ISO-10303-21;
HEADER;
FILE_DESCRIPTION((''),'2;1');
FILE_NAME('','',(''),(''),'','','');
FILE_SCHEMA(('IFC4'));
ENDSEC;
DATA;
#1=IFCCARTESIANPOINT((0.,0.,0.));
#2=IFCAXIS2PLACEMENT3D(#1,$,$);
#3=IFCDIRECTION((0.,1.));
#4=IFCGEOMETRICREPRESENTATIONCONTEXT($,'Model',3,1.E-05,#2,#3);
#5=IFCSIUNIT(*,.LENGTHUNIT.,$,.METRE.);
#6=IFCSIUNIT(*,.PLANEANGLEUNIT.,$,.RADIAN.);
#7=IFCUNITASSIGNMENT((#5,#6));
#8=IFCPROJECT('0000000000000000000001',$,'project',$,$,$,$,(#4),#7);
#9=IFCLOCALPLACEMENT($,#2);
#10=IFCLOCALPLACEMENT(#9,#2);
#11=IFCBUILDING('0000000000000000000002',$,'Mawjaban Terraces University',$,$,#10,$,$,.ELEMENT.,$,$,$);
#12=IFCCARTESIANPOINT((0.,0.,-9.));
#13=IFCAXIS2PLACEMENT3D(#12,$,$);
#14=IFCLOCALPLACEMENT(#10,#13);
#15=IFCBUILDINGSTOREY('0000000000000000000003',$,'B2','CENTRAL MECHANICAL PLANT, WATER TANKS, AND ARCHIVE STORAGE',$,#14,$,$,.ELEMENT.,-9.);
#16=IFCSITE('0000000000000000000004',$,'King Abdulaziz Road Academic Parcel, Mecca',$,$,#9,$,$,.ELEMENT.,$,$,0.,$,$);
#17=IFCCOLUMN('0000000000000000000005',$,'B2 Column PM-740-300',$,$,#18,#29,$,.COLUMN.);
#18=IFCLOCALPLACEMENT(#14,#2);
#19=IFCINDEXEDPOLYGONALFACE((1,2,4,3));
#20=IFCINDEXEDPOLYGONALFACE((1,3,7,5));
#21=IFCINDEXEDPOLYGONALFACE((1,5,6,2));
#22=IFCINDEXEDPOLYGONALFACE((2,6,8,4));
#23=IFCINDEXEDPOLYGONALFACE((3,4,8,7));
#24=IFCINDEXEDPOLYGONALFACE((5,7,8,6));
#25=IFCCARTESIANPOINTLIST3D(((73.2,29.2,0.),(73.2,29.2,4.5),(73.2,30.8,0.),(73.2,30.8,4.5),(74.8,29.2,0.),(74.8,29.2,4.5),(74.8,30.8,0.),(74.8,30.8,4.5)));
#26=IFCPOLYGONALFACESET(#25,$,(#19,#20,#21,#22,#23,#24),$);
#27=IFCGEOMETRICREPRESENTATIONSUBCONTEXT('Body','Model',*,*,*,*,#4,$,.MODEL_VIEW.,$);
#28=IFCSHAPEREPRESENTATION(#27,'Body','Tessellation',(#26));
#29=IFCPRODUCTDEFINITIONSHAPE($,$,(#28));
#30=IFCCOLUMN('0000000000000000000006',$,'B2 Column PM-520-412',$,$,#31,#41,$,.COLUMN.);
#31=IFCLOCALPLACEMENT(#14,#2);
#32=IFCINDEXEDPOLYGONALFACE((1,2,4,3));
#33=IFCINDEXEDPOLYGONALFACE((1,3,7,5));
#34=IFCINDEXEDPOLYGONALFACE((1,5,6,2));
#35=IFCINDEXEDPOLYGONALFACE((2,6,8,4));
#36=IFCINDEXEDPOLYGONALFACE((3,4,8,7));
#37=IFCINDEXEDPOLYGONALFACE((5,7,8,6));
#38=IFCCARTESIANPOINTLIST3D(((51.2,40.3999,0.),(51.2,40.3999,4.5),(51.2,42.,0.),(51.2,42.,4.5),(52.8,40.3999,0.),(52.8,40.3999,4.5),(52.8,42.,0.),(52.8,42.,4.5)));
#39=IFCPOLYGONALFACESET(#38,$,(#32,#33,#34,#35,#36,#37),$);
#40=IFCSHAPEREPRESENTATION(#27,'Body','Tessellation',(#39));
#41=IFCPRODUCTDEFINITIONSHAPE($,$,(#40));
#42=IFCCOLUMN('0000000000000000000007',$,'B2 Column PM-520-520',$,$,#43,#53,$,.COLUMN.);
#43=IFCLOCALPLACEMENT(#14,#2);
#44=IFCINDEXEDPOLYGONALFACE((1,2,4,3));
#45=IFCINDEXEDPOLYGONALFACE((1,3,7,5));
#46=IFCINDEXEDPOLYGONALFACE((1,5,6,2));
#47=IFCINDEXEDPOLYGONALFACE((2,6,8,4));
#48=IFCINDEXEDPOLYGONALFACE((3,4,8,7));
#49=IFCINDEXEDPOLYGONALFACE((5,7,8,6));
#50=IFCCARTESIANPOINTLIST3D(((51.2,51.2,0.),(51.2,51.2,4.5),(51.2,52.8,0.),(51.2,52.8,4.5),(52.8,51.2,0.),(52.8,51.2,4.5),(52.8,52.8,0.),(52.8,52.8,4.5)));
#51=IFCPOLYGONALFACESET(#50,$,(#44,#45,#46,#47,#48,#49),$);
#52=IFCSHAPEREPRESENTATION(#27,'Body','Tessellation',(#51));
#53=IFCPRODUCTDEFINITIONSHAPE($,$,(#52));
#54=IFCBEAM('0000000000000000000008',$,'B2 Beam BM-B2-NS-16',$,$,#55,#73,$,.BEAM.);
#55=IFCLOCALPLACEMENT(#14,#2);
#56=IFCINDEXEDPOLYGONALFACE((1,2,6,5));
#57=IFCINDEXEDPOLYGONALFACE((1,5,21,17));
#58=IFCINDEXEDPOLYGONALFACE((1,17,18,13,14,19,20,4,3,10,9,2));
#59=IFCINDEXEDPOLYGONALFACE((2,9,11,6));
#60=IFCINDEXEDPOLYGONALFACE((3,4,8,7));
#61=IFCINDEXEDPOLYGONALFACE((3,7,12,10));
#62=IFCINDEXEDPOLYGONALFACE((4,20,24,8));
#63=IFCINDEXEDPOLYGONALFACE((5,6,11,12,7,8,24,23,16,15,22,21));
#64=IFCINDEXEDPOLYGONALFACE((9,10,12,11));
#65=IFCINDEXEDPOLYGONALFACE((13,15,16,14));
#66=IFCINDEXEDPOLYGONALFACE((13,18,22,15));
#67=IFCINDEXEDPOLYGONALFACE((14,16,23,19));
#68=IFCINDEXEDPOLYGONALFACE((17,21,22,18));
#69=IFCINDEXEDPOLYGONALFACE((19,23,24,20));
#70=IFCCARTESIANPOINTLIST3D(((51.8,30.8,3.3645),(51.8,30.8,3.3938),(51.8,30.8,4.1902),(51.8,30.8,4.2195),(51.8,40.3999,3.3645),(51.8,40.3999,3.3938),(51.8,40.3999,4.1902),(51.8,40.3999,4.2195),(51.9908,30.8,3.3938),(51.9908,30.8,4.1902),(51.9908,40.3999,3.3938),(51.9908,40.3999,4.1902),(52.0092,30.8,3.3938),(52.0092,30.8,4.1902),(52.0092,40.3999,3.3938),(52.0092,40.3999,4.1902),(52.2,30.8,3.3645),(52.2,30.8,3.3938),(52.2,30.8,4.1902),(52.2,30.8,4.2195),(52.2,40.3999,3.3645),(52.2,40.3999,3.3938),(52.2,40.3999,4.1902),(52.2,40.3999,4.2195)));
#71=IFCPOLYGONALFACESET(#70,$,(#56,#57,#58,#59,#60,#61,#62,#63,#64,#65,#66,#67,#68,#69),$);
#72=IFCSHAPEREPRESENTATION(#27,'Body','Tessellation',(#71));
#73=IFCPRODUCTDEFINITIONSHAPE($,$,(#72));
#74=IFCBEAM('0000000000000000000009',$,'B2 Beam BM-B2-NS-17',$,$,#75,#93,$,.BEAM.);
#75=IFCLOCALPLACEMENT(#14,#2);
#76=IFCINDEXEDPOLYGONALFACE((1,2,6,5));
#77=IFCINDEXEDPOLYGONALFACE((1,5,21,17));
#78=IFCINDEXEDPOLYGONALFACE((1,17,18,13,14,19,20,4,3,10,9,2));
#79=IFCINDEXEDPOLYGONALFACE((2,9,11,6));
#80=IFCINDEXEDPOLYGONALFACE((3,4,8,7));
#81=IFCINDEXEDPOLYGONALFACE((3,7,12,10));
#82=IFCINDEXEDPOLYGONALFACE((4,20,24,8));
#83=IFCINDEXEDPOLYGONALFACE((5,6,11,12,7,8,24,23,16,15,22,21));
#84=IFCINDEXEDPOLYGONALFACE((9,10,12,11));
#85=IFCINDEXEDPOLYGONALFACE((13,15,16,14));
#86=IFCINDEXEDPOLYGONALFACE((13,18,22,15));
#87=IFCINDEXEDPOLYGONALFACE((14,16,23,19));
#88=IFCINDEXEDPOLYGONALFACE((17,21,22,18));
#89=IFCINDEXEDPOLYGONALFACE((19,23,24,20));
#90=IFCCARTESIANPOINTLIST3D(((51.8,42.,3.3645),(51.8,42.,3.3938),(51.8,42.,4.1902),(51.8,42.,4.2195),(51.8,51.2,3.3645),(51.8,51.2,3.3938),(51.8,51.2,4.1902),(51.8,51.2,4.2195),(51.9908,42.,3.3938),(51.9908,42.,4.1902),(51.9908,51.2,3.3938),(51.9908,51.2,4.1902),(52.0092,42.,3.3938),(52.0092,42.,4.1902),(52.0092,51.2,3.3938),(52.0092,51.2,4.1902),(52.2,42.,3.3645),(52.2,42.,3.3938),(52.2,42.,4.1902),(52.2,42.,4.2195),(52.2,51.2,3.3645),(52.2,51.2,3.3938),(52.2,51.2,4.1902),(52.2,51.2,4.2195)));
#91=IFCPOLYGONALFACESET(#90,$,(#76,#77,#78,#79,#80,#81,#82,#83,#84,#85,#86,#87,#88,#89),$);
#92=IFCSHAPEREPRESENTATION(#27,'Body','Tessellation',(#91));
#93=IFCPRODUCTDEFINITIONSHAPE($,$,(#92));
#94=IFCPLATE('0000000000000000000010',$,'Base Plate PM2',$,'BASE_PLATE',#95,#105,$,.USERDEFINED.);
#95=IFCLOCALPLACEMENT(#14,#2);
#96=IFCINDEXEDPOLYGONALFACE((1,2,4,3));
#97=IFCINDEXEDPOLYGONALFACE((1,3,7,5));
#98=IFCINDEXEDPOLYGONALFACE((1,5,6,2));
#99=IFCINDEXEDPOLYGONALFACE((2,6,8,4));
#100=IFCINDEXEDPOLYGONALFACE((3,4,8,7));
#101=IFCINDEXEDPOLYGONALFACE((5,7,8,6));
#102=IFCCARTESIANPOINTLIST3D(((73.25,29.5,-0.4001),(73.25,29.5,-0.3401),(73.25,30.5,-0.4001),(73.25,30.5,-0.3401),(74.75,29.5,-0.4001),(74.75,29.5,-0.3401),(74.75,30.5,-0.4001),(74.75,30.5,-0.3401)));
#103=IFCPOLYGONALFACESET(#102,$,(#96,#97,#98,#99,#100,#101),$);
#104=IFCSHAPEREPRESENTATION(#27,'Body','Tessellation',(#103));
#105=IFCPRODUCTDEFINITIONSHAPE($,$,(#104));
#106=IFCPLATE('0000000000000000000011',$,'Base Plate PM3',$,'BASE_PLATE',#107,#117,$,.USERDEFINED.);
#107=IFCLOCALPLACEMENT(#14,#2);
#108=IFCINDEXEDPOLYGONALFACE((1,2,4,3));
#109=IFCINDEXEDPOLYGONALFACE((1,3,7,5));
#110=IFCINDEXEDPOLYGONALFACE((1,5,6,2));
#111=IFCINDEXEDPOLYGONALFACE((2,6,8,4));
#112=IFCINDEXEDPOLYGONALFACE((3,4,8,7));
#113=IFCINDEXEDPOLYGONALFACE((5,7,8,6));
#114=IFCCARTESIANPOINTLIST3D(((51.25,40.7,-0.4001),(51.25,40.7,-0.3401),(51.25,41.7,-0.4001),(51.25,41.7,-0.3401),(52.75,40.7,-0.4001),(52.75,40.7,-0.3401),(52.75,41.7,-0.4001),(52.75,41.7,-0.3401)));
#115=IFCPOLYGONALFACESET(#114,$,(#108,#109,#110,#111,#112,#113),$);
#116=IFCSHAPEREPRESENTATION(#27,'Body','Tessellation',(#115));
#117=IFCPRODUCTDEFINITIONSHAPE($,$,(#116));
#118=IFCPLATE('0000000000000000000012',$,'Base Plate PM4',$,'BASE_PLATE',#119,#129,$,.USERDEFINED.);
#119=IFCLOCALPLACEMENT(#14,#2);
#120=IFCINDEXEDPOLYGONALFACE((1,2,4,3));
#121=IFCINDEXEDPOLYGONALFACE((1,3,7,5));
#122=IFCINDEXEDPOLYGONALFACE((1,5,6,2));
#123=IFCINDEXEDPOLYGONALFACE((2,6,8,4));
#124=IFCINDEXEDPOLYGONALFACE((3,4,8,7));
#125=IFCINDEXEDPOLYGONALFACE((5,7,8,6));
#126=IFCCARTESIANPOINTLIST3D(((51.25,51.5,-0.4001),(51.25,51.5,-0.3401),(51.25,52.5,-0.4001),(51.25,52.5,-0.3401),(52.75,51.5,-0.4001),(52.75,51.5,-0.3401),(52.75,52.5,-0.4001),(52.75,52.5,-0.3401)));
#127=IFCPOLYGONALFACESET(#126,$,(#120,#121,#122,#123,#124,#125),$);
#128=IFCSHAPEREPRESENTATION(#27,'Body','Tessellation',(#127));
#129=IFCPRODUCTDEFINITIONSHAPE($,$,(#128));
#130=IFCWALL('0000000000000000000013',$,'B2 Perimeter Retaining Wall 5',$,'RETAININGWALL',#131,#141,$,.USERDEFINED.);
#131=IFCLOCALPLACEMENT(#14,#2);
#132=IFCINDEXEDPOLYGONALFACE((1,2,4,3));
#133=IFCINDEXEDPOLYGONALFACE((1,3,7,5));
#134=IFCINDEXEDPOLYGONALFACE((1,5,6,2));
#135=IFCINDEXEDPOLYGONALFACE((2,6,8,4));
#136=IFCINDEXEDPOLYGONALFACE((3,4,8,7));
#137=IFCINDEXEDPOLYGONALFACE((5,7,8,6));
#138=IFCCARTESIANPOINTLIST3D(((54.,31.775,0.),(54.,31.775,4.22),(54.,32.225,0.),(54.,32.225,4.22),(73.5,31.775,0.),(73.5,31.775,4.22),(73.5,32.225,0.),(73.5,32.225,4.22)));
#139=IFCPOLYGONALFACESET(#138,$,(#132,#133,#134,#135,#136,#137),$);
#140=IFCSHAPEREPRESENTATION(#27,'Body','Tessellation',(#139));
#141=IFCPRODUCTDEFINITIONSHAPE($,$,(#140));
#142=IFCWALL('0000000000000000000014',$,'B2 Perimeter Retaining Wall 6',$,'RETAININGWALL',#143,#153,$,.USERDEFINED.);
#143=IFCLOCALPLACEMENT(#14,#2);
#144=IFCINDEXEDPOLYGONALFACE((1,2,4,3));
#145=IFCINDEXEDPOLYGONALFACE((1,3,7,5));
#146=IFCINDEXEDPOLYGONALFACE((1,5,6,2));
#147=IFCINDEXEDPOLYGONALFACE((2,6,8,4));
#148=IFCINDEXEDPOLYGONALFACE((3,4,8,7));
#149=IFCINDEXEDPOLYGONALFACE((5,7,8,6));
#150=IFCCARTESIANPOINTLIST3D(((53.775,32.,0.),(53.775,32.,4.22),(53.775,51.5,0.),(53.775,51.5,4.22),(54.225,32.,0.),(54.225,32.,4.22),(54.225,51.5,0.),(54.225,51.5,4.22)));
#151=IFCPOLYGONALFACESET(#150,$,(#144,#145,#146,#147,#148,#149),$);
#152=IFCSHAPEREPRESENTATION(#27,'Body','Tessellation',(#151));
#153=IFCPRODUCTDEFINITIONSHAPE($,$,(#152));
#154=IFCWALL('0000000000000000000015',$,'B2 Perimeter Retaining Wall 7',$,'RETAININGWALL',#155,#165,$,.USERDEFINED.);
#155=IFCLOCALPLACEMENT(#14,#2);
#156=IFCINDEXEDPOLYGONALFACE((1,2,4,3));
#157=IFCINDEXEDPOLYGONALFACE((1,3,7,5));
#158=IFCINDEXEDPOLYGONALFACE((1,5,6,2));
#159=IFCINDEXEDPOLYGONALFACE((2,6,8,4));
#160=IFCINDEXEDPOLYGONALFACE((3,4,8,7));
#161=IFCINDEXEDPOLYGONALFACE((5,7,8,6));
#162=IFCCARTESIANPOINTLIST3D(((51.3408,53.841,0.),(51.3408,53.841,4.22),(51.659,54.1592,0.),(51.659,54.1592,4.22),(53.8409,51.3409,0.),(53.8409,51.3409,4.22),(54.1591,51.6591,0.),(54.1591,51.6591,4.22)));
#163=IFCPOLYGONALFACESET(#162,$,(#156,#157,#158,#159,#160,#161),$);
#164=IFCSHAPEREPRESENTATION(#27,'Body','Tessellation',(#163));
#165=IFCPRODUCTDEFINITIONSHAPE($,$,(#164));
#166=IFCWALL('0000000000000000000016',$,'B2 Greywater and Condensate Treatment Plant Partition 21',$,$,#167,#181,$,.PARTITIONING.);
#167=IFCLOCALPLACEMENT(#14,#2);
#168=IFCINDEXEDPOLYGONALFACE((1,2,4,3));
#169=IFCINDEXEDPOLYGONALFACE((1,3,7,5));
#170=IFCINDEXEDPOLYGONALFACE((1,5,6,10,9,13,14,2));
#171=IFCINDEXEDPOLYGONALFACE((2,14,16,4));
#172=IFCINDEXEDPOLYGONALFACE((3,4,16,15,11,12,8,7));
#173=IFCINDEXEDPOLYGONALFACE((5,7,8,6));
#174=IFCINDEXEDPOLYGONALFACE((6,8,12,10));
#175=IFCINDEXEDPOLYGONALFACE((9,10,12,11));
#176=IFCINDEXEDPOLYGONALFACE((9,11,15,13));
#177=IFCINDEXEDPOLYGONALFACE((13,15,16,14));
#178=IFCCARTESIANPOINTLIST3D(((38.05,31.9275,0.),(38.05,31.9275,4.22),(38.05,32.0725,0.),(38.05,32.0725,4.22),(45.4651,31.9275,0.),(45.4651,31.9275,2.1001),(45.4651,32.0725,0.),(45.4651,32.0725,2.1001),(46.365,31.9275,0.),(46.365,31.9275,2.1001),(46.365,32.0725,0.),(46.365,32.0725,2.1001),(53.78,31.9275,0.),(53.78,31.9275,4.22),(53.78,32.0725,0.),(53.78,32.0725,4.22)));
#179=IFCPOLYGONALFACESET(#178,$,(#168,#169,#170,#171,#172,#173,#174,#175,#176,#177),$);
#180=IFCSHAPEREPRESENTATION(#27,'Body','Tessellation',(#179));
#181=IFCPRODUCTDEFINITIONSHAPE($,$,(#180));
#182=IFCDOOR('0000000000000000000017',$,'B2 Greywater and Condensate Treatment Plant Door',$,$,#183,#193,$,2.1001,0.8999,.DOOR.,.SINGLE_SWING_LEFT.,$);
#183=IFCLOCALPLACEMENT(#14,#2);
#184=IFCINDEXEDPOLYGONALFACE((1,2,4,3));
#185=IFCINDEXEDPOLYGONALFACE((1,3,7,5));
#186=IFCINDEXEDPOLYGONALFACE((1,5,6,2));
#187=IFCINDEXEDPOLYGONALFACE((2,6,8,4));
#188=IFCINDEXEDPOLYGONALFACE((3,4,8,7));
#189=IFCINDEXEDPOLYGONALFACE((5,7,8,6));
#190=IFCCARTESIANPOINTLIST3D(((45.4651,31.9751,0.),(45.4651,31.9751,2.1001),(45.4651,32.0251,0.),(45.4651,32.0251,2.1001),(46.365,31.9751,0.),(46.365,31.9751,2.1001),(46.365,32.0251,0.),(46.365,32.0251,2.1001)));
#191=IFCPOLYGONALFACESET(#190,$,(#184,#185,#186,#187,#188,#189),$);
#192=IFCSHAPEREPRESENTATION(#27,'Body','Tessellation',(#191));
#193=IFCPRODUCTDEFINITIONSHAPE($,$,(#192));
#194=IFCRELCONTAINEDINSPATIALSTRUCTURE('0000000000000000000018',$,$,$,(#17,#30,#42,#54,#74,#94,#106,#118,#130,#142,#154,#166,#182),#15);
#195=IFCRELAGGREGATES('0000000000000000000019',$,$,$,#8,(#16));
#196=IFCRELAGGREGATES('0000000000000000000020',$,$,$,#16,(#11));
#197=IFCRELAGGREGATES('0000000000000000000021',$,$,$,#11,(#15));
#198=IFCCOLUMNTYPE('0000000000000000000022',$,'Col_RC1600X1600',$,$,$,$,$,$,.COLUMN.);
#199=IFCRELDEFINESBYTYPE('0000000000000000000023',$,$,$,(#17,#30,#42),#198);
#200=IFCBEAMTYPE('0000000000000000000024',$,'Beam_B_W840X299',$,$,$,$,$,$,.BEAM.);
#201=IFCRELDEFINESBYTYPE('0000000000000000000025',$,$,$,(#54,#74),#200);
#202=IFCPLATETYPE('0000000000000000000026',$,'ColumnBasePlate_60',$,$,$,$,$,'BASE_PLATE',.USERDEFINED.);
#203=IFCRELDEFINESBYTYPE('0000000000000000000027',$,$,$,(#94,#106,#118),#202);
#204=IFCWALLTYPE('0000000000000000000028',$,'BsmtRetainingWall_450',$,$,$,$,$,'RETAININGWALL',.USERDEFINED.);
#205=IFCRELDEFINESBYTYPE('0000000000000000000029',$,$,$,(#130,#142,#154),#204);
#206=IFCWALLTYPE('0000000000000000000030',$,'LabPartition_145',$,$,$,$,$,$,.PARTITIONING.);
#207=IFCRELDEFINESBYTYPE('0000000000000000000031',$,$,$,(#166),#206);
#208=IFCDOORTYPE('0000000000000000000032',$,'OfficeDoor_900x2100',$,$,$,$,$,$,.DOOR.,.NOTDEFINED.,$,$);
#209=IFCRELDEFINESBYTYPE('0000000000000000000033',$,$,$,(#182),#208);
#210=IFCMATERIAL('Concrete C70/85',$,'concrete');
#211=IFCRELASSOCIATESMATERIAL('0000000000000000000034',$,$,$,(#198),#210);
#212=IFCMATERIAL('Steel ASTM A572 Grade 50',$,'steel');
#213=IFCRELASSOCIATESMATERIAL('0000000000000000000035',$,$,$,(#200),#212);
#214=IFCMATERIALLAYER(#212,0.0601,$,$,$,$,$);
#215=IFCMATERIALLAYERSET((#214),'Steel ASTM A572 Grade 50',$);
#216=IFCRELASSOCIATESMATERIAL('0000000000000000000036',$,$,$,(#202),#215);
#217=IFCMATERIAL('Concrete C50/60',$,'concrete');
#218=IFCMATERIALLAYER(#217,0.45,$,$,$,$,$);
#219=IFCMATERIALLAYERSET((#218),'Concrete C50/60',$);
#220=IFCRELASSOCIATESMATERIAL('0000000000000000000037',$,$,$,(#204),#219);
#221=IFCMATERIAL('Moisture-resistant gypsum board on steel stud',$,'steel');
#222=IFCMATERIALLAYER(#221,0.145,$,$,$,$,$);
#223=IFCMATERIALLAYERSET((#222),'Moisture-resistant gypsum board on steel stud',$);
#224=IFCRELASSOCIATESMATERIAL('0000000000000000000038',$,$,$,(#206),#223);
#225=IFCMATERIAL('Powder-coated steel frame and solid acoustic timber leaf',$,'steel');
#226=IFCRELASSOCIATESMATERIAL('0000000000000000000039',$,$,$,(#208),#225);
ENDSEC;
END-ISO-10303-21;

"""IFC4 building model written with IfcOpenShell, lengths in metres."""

from ifc_helpers import new_model, si_unit, direction, frame, frame_2d, origin, origin_2d, place, context, subcontext, project, spatial, rectangle, i_section, extrude, material, layer, layer_set, material_profile, profile_set, type_object, element, fill, save


model = new_model("IFC4")

# Units and contexts
model_context = context("Model", 3, precision=1e-05, world=origin(), true_north=direction((0.0, 1.0)))
body_context = subcontext(model_context, "Body", "Model", "MODEL_VIEW")
ifc_project = project(units=[si_unit("LENGTHUNIT", "METRE"), si_unit("PLANEANGLEUNIT", "RADIAN")], contexts=[model_context])

# Site, building, storey
site_placement = place(None, origin())
site = spatial("IfcSite", under=ifc_project, at=site_placement, Name="King Abdulaziz Road Academic Parcel, Mecca", CompositionType="ELEMENT", RefElevation=0.0)
building_placement = place(site_placement, origin())
building = spatial("IfcBuilding", under=site, at=building_placement, Name="Mawjaban Terraces University", CompositionType="ELEMENT")
storey_placement = place(building_placement, frame((0.0, 0.0, -9.0)))
storey = spatial("IfcBuildingStorey", under=building, at=storey_placement, Name="B2", Description="CENTRAL MECHANICAL PLANT, WATER TANKS, AND ARCHIVE STORAGE", CompositionType="ELEMENT", Elevation=-9.0)

# Shared definitions
ifc_material_1 = material(Name="Concrete C50/60", Category="concrete")

# Columns
ifc_material_2 = material(Name="Concrete C70/85", Category="concrete")
ifc_material_profile_1 = material_profile(ifc_material_2, rectangle(XDim=1.6001, YDim=1.6001, at=origin_2d()), Name="RC1600X1600")
ifc_profile_set_1 = profile_set([ifc_material_profile_1], Name="Concrete C70/85")
column_type = type_object("IfcColumnType", Name="Col_RC1600X1600", PredefinedType="COLUMN", material=ifc_profile_set_1)
for number, where, z_axis, x_axis, name in (
    (1, (74.0, 30.0, 0.0), (0.0, 0.0, 1.0), (1.0, 0.0, 0.0), "B2 Column PM-740-300"),
    (2, (52.0, 41.2, 0.0), (0.0, 0.0, 1.0), (1.0, 0.0, 0.0), "B2 Column PM-520-412"),
    (3, (52.0, 52.0, 0.0), (0.0, 0.0, 1.0), (1.0, 0.0, 0.0), "B2 Column PM-520-520"),
):
    element("IfcColumn", number, at=place(storey_placement, frame(where, z_axis=z_axis, x_axis=x_axis)), inside=storey, type_object=column_type, Name=name, PredefinedType="COLUMN", context=body_context, shape_type="SweptSolid", body=[
        extrude(rectangle(XDim=1.6001, YDim=1.6001, at=origin_2d()), origin(), (0.0, 0.0, 1.0), 4.5),
    ])

# Beams
ifc_material_3 = material(Name="Steel ASTM A572 Grade 50", Category="steel")
ifc_material_profile_2 = material_profile(ifc_material_3, i_section(OverallWidth=0.3999, OverallDepth=0.855, WebThickness=0.0183, FlangeThickness=0.0293, at=origin_2d()), Name="W840X299")
ifc_profile_set_2 = profile_set([ifc_material_profile_2], Name="Steel ASTM A572 Grade 50")
beam_type = type_object("IfcBeamType", Name="Beam_B_W840X299", PredefinedType="BEAM", material=ifc_profile_set_2)
beam_1_placement = place(storey_placement, frame((52.0, 30.8, 3.792), z_axis=(0.0, 1.0, 0.0), x_axis=(-1.0, 0.0, 0.0)))
element("IfcBeam", 4, at=beam_1_placement, inside=storey, type_object=beam_type, Name="B2 Beam BM-B2-NS-16", PredefinedType="BEAM", context=body_context, shape_type="SweptSolid", body=[
    extrude(i_section(OverallWidth=0.3999, OverallDepth=0.855, WebThickness=0.0183, FlangeThickness=0.0293, at=origin_2d()), origin(), (0.0, 0.0, 1.0), 9.5999),
])
beam_2_placement = place(storey_placement, frame((52.0, 42.0, 3.792), z_axis=(0.0, 1.0, 0.0), x_axis=(-1.0, 0.0, 0.0)))
element("IfcBeam", 5, at=beam_2_placement, inside=storey, type_object=beam_type, Name="B2 Beam BM-B2-NS-17", PredefinedType="BEAM", context=body_context, shape_type="SweptSolid", body=[
    extrude(i_section(OverallWidth=0.3999, OverallDepth=0.855, WebThickness=0.0183, FlangeThickness=0.0293, at=origin_2d()), origin(), (0.0, 0.0, 1.0), 9.2),
])

# Plates
ifc_layer_1 = layer(ifc_material_3, 0.0601)
ifc_layer_set_1 = layer_set([ifc_layer_1], Name="Steel ASTM A572 Grade 50")
plate_type = type_object("IfcPlateType", Name="ColumnBasePlate_60", ElementType="BASE_PLATE", PredefinedType="USERDEFINED", material=ifc_layer_set_1)
for number, where, z_axis, x_axis, name in (
    (6, (74.0, 30.0, -0.4001), (0.0, 0.0, 1.0), (1.0, 0.0, 0.0), "Base Plate PM2"),
    (7, (52.0, 41.2, -0.4001), (0.0, 0.0, 1.0), (1.0, 0.0, 0.0), "Base Plate PM3"),
    (8, (52.0, 52.0, -0.4001), (0.0, 0.0, 1.0), (1.0, 0.0, 0.0), "Base Plate PM4"),
):
    element("IfcPlate", number, at=place(storey_placement, frame(where, z_axis=z_axis, x_axis=x_axis)), inside=storey, type_object=plate_type, Name=name, ObjectType="BASE_PLATE", PredefinedType="USERDEFINED", context=body_context, shape_type="SweptSolid", body=[
        extrude(rectangle(XDim=1.5, YDim=1.0, at=origin_2d()), origin(), (0.0, 0.0, 1.0), 0.0601),
    ])

# Walls
ifc_layer_2 = layer(ifc_material_1, 0.45)
ifc_layer_set_2 = layer_set([ifc_layer_2], Name="Concrete C50/60")
wall_type_1 = type_object("IfcWallType", Name="BsmtRetainingWall_450", ElementType="RETAININGWALL", PredefinedType="USERDEFINED", material=ifc_layer_set_2)
for number, where, z_axis, x_axis, name in (
    (9, (73.5, 32.0, 0.0), (0.0, 0.0, 1.0), (-1.0, 0.0, 0.0), "B2 Perimeter Retaining Wall 5"),
    (10, (54.0, 32.0, 0.0), (0.0, 0.0, 1.0), (0.0, 1.0, 0.0), "B2 Perimeter Retaining Wall 6"),
):
    element("IfcWall", number, at=place(storey_placement, frame(where, z_axis=z_axis, x_axis=x_axis)), inside=storey, type_object=wall_type_1, Name=name, ObjectType="RETAININGWALL", PredefinedType="USERDEFINED", context=body_context, shape_type="SweptSolid", body=[
        extrude(rectangle(XDim=19.5, YDim=0.45, at=frame_2d((9.75, 0.0))), origin(), (0.0, 0.0, 1.0), 4.22),
    ])
wall_1_placement = place(storey_placement, frame((54.0, 51.5, 0.0), z_axis=(0.0, 0.0, 1.0), x_axis=(-0.707107, 0.707107, 0.0)))
element("IfcWall", 11, at=wall_1_placement, inside=storey, type_object=wall_type_1, Name="B2 Perimeter Retaining Wall 7", ObjectType="RETAININGWALL", PredefinedType="USERDEFINED", context=body_context, shape_type="SweptSolid", body=[
    extrude(rectangle(XDim=3.5356, YDim=0.45, at=frame_2d((1.7678, 0.0))), origin(), (0.0, 0.0, 1.0), 4.22),
])

# Wall, opening, door
ifc_material_4 = material(Name="Moisture-resistant gypsum board on steel stud", Category="steel")
ifc_layer_3 = layer(ifc_material_4, 0.145)
ifc_layer_set_3 = layer_set([ifc_layer_3], Name="Moisture-resistant gypsum board on steel stud")
wall_type_2 = type_object("IfcWallType", Name="LabPartition_145", PredefinedType="PARTITIONING", material=ifc_layer_set_3)
wall_2_placement = place(storey_placement, frame((53.78, 32.0, 0.0), z_axis=(0.0, 0.0, 1.0), x_axis=(-1.0, 0.0, 0.0)))
wall_2 = element("IfcWall", 12, at=wall_2_placement, inside=storey, type_object=wall_type_2, Name="B2 Greywater and Condensate Treatment Plant Partition 21", PredefinedType="PARTITIONING", context=body_context, shape_type="SweptSolid", body=[
    extrude(rectangle(XDim=15.73, YDim=0.145, at=frame_2d((7.865, 0.0))), origin(), (0.0, 0.0, 1.0), 4.22),
])
opening_placement = place(wall_2_placement, frame((7.415, 0.0, 0.0)))
opening = element("IfcOpeningElement", 13, at=opening_placement, cuts=wall_2, PredefinedType="OPENING", context=body_context, shape_type="SweptSolid", body=[
    extrude(rectangle(XDim=0.8999, YDim=2.1001, at=frame_2d((0.45, 1.05))), frame((0.0, 0.0825, 0.0), z_axis=(0.0, -1.0, 0.0), x_axis=(1.0, 0.0, 0.0)), (0.0, 0.0, 1.0), 0.165),
])
ifc_material_5 = material(Name="Powder-coated steel frame and solid acoustic timber leaf", Category="steel")
door_type = type_object("IfcDoorType", Name="OfficeDoor_900x2100", OperationType="NOTDEFINED", PredefinedType="DOOR", material=ifc_material_5)
door_placement = place(opening_placement, origin())
door = element("IfcDoor", 14, at=door_placement, inside=storey, type_object=door_type, Name="B2 Greywater and Condensate Treatment Plant Door", OperationType="SINGLE_SWING_LEFT", OverallHeight=2.1001, OverallWidth=0.8999, PredefinedType="DOOR", context=body_context, shape_type="SweptSolid", body=[
    extrude(rectangle(XDim=0.8999, YDim=2.1001, at=frame_2d((0.45, 1.05))), frame((0.0, 0.0249, 0.0), z_axis=(0.0, -1.0, 0.0), x_axis=(1.0, 0.0, 0.0)), (0.0, 0.0, 1.0), 0.05),
])
fill(opening, door)

save(model, "model.ifc")
